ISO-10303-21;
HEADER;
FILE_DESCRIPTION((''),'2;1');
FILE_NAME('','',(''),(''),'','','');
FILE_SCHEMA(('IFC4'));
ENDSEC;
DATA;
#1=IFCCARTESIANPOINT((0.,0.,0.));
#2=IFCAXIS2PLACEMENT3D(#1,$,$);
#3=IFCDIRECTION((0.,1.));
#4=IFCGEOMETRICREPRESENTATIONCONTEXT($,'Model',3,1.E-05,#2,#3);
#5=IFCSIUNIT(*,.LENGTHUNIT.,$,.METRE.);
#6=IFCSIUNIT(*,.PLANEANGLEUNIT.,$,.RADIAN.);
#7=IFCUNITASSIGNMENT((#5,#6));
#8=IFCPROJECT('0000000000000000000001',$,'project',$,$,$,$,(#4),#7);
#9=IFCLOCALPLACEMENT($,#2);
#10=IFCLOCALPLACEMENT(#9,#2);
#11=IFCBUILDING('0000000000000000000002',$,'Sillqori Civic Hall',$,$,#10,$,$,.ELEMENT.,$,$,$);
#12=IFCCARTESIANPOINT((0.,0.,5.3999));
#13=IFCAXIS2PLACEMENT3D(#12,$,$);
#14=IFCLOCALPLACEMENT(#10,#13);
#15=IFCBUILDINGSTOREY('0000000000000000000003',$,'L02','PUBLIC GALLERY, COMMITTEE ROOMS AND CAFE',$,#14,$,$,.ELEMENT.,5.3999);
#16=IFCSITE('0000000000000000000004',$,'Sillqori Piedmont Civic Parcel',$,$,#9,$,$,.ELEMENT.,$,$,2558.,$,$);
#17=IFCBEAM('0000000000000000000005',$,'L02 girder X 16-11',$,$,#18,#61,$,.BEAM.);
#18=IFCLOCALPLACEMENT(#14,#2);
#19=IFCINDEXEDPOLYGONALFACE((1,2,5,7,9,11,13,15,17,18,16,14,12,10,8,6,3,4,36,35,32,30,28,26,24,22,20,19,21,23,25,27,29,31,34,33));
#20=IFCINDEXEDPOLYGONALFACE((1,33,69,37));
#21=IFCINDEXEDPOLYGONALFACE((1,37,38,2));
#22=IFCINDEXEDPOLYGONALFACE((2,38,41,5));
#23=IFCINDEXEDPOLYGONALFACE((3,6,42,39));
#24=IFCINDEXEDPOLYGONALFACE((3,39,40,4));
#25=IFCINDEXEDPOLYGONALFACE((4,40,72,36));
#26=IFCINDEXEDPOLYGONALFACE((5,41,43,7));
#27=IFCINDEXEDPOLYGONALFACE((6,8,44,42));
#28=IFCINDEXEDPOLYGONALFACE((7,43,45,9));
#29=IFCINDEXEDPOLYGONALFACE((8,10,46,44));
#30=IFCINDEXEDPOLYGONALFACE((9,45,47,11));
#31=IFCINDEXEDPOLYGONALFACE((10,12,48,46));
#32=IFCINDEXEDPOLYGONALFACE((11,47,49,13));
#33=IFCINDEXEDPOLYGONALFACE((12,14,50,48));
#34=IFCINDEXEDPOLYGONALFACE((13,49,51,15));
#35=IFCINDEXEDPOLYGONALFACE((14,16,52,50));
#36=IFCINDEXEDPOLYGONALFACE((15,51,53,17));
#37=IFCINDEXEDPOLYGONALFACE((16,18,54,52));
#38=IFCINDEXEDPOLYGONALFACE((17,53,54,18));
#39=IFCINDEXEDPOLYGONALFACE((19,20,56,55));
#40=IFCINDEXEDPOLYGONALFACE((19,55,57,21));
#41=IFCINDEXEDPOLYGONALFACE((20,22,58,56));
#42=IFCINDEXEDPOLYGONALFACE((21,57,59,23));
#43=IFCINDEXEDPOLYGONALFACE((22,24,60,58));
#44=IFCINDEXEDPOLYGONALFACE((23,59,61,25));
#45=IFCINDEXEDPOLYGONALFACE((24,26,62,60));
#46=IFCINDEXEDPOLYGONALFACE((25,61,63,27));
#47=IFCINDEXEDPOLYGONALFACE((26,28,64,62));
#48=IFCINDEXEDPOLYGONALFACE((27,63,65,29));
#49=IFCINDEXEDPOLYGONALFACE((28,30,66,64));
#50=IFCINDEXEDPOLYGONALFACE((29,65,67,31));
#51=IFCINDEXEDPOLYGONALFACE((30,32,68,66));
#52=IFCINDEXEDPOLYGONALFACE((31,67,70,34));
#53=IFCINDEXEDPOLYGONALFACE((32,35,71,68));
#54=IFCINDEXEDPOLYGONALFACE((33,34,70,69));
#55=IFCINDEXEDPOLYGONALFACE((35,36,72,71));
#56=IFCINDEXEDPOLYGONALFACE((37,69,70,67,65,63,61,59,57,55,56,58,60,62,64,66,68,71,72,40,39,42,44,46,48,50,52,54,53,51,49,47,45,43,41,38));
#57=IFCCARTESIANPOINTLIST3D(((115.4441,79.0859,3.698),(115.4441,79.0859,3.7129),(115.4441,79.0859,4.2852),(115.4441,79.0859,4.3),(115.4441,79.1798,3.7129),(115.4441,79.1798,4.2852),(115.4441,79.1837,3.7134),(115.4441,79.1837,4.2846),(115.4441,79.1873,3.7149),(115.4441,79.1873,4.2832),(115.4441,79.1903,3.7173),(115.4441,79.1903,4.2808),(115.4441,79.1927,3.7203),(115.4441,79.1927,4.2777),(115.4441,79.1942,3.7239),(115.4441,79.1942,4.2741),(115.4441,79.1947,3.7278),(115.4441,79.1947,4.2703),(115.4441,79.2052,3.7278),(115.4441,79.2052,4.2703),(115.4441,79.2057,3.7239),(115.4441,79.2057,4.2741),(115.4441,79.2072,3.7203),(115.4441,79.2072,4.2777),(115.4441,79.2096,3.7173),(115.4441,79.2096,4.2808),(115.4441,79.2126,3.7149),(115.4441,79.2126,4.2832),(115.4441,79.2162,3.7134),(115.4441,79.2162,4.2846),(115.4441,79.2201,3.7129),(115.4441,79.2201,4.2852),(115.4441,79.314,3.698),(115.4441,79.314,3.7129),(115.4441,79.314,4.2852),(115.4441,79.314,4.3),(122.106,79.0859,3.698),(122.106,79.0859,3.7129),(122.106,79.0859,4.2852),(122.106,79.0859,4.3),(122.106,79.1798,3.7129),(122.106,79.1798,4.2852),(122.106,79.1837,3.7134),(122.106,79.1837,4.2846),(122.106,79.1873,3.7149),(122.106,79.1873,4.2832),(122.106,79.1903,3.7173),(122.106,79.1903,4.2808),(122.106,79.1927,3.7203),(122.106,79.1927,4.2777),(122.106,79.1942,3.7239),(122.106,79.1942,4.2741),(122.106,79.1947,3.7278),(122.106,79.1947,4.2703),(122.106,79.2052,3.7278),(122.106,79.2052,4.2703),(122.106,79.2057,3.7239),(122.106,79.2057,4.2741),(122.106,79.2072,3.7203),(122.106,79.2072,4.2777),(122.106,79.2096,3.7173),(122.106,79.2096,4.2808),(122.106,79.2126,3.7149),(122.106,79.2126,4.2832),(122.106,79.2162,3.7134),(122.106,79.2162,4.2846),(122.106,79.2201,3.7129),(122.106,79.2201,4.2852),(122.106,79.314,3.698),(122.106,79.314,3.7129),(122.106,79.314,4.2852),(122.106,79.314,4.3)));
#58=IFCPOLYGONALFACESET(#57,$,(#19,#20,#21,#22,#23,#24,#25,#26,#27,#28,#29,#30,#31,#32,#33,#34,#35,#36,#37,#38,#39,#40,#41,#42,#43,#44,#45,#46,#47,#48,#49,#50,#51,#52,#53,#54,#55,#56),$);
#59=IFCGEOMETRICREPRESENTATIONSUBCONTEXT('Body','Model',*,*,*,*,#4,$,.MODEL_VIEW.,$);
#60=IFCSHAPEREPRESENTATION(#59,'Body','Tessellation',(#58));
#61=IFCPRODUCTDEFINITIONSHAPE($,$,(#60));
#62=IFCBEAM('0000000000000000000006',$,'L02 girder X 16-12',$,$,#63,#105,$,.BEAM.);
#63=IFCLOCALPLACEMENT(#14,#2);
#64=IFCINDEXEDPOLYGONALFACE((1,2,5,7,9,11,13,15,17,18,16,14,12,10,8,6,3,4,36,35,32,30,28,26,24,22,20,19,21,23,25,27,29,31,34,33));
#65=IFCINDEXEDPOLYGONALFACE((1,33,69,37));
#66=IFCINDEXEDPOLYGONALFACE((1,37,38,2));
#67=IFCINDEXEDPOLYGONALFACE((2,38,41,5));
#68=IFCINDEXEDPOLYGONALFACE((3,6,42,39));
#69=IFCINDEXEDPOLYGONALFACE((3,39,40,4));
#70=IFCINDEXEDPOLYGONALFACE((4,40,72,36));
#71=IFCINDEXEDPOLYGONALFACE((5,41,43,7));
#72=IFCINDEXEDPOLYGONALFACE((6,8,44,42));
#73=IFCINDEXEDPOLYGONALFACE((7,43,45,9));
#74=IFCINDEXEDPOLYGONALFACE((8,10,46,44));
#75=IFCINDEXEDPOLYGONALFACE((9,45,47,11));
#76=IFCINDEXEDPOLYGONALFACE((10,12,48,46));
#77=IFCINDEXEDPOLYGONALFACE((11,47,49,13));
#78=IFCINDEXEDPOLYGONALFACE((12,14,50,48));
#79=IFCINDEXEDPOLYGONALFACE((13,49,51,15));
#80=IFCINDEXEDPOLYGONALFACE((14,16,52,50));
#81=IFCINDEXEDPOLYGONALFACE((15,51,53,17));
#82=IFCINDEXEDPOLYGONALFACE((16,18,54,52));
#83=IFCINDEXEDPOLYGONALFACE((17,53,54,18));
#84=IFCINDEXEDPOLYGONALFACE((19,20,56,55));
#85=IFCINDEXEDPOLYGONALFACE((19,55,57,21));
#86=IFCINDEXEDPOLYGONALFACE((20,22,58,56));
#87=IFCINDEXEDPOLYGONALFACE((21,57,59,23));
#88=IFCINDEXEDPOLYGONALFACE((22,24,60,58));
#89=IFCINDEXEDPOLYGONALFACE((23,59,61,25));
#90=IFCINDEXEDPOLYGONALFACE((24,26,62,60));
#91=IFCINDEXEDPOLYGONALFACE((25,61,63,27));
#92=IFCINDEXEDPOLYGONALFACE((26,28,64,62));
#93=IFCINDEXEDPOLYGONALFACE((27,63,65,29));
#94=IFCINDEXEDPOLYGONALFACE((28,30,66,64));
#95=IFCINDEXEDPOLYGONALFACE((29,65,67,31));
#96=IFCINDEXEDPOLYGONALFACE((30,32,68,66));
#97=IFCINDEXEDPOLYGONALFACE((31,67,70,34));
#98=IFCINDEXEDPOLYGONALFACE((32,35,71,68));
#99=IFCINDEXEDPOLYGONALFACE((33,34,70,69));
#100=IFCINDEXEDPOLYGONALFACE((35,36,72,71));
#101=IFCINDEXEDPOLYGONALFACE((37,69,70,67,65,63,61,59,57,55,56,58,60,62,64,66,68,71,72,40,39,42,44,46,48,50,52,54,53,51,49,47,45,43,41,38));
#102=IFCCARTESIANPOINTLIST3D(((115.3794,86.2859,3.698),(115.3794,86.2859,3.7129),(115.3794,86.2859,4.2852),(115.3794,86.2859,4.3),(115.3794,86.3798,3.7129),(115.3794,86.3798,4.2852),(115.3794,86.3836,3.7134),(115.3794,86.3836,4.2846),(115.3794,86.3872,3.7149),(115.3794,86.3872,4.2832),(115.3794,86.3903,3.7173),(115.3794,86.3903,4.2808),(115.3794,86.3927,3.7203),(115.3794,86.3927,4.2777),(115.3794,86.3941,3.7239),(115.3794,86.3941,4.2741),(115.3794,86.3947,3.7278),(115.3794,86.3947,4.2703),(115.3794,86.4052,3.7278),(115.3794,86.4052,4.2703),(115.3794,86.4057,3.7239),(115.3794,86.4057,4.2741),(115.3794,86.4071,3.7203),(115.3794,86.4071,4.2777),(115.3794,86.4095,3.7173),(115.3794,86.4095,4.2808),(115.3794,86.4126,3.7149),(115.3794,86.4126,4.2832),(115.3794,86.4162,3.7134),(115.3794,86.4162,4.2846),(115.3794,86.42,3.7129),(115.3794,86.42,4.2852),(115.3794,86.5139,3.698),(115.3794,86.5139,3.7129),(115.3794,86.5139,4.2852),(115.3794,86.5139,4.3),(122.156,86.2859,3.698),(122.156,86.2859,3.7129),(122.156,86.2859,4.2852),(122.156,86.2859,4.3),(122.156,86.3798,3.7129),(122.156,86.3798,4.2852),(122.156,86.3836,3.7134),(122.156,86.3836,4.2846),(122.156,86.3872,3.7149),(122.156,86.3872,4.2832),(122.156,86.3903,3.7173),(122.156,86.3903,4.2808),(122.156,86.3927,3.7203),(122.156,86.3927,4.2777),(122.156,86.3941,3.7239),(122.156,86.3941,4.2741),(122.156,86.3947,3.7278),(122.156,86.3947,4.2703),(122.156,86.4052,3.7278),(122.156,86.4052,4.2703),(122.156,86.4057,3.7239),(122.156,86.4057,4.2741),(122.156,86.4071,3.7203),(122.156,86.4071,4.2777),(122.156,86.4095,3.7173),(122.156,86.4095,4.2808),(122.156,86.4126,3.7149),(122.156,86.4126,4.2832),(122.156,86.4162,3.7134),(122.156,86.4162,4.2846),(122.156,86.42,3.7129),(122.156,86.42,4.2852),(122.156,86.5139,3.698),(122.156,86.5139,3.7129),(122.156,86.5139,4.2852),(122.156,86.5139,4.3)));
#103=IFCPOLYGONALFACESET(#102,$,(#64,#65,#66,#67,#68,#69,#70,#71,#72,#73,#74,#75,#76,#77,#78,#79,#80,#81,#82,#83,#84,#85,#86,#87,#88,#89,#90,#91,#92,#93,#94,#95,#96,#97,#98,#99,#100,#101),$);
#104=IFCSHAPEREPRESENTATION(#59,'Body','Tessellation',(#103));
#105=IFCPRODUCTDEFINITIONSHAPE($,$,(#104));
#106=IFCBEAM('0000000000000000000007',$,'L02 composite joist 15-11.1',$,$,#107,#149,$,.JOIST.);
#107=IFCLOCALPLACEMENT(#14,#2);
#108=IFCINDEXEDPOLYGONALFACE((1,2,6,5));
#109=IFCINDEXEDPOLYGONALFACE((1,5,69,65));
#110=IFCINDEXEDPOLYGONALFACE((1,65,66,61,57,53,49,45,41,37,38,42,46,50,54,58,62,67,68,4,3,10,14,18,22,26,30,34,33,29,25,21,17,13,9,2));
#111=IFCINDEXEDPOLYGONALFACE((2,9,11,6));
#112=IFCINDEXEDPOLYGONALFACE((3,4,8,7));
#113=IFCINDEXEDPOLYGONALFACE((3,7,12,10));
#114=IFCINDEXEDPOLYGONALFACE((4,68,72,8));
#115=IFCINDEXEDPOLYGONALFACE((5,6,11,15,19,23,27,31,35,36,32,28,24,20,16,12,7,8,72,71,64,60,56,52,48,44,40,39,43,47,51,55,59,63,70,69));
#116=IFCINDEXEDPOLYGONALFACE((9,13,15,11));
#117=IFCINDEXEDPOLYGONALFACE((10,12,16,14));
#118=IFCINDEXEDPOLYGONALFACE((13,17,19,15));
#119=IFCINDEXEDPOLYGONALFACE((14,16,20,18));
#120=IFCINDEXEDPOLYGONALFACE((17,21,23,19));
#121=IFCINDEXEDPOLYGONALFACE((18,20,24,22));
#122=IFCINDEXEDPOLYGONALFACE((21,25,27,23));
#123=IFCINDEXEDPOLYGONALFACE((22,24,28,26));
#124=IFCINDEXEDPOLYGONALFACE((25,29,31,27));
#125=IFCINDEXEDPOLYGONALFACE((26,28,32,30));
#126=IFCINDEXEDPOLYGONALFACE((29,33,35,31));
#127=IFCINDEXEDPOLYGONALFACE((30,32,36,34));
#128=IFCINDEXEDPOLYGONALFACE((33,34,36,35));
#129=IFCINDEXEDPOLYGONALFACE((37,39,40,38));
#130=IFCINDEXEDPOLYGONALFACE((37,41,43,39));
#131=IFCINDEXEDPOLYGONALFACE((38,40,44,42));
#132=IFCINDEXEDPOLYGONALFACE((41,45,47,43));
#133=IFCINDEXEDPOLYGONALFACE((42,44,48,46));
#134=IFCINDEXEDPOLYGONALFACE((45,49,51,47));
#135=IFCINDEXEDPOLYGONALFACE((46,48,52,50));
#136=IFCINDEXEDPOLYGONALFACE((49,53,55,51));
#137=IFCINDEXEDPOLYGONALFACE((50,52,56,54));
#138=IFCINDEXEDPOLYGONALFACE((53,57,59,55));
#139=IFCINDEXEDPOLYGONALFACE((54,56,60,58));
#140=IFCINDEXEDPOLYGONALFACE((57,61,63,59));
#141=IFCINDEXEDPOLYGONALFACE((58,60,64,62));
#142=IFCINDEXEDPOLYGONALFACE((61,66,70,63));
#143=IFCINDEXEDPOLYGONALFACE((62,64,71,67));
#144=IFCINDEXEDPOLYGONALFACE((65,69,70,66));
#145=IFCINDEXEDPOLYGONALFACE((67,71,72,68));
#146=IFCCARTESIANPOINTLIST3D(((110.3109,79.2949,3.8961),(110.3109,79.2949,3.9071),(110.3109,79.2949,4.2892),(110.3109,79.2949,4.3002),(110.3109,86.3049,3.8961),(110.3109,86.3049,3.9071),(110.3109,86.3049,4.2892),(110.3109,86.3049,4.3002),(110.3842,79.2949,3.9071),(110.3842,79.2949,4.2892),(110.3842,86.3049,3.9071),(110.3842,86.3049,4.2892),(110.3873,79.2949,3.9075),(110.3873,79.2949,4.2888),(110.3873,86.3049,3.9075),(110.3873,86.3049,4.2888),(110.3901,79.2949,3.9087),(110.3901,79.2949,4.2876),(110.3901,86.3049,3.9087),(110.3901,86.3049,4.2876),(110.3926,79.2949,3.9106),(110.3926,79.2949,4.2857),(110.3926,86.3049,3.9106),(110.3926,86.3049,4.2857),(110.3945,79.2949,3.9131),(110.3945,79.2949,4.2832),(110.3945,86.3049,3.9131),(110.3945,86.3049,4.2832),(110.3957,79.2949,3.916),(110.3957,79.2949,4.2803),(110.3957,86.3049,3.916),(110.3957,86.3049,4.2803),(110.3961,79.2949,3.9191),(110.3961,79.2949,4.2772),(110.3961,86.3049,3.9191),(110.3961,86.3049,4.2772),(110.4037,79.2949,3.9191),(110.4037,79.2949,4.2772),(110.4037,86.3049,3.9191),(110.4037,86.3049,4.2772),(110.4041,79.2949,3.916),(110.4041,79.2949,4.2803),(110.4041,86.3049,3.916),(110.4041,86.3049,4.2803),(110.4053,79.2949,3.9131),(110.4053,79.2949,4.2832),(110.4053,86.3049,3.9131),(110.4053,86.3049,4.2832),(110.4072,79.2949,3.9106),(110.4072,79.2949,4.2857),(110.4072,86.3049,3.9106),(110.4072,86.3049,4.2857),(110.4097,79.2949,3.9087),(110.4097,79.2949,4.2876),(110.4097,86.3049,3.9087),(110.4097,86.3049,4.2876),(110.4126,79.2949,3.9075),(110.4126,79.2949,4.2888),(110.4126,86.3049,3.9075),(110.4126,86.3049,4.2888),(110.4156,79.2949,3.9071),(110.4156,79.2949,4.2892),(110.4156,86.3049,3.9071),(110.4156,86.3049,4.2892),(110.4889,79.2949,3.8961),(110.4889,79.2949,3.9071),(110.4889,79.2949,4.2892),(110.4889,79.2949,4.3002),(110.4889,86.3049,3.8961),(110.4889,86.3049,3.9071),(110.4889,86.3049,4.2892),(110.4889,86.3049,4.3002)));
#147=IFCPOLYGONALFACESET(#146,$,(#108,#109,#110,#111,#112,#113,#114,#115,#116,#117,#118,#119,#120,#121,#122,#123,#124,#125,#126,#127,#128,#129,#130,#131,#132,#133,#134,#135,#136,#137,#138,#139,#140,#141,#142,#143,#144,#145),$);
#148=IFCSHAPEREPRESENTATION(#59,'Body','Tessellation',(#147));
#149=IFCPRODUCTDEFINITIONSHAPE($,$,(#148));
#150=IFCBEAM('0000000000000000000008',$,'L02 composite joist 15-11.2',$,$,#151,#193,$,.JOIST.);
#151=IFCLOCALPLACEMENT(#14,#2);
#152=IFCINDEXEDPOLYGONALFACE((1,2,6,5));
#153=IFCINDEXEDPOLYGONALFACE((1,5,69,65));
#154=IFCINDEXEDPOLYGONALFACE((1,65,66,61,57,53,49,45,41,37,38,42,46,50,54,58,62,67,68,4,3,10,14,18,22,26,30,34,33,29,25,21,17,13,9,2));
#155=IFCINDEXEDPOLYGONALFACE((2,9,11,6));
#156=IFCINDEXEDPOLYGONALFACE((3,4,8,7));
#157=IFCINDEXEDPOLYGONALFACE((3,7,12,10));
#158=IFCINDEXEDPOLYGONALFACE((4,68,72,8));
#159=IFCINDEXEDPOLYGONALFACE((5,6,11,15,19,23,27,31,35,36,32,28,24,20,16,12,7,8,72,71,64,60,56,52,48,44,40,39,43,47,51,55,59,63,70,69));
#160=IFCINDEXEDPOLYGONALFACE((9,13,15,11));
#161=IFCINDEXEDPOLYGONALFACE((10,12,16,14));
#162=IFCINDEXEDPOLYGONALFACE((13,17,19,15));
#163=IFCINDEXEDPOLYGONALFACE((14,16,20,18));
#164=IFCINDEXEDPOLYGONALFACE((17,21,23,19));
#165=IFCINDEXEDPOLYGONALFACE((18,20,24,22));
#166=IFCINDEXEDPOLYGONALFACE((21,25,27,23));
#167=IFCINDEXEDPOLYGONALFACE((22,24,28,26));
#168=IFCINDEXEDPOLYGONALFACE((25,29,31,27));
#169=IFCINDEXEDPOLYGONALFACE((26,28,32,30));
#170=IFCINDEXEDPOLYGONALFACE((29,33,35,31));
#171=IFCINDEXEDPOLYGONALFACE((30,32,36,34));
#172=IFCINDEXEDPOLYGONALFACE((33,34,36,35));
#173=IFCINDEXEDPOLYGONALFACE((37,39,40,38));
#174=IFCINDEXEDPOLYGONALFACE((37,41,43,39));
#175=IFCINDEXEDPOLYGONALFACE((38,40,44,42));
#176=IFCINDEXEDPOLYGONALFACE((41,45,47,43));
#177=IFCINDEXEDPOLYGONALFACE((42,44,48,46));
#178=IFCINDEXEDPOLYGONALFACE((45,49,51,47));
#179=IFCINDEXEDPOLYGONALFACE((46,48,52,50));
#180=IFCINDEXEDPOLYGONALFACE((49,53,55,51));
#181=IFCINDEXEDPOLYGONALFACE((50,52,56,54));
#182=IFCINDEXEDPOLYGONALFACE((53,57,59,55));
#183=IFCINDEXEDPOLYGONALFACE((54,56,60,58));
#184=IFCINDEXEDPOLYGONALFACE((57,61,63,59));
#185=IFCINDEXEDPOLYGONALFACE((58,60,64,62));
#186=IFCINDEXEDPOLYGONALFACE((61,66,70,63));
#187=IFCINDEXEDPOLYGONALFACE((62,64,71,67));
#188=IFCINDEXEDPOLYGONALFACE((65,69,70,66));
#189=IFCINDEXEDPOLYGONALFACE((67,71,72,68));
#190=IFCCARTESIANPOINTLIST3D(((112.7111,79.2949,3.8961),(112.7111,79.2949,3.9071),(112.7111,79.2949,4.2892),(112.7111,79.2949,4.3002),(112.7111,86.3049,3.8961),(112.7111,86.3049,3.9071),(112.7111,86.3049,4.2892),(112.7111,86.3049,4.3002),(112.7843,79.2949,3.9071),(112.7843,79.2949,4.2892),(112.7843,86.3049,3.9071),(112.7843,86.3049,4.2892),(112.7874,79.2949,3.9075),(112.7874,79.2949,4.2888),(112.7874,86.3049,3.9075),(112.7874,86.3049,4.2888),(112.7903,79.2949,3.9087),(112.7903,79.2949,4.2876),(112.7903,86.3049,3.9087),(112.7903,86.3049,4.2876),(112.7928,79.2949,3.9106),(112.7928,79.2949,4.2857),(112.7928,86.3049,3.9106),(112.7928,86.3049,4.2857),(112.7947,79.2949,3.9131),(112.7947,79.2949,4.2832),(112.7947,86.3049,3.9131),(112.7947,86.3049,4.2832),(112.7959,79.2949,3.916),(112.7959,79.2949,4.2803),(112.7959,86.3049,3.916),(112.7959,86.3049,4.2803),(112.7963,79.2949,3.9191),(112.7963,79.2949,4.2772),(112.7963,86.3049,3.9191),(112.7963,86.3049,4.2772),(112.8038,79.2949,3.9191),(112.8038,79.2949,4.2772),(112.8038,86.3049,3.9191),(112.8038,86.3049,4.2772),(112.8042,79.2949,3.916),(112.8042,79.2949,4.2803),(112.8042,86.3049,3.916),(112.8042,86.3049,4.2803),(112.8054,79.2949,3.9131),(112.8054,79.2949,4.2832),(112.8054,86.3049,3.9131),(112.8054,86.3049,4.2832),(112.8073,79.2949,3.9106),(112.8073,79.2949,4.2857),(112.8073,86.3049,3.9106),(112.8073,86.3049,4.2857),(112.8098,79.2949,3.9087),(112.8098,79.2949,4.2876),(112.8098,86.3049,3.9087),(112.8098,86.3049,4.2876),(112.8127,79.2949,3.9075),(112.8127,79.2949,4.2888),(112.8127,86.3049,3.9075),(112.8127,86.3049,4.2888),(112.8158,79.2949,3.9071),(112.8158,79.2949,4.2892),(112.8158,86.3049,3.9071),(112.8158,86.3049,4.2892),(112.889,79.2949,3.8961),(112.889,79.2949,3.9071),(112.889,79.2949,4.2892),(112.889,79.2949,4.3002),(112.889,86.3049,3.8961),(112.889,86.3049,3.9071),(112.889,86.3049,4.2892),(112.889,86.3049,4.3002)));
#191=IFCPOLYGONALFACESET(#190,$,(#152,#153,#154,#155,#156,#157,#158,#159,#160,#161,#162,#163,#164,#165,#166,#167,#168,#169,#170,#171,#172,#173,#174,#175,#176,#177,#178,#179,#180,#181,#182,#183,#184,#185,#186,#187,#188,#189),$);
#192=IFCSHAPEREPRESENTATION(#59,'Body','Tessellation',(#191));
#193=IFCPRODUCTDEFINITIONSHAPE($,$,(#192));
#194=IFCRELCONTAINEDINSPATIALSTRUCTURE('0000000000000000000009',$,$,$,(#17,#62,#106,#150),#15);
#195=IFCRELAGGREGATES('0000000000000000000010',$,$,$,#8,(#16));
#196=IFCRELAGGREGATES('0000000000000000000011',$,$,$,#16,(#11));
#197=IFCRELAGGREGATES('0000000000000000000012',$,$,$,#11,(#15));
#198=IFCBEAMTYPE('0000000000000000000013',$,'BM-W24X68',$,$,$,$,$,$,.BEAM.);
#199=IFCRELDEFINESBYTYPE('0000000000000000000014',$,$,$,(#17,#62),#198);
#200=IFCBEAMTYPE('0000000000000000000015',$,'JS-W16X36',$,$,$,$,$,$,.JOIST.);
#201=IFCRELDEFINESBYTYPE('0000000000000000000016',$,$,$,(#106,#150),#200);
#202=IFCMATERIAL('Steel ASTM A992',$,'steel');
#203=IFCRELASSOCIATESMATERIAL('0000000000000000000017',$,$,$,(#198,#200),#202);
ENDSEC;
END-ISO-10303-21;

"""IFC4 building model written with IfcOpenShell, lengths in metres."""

from ifc_helpers import new_model, si_unit, direction, frame, origin, origin_2d, place, context, subcontext, project, spatial, i_section, extrude, material, material_profile, profile_set, type_object, element, save


model = new_model("IFC4")

# Units and contexts
model_context = context("Model", 3, precision=1e-05, world=origin(), true_north=direction((0.0, 1.0)))
body_context = subcontext(model_context, "Body", "Model", "MODEL_VIEW")
ifc_project = project(units=[si_unit("LENGTHUNIT", "METRE"), si_unit("PLANEANGLEUNIT", "RADIAN")], contexts=[model_context])

# Site, building, storey
site_placement = place(None, origin())
site = spatial("IfcSite", under=ifc_project, at=site_placement, Name="Sillqori Piedmont Civic Parcel", CompositionType="ELEMENT", RefElevation=2558.0)
building_placement = place(site_placement, origin())
building = spatial("IfcBuilding", under=site, at=building_placement, Name="Sillqori Civic Hall", CompositionType="ELEMENT")
storey_placement = place(building_placement, frame((0.0, 0.0, 5.3999)))
storey = spatial("IfcBuildingStorey", under=building, at=storey_placement, Name="L02", Description="PUBLIC GALLERY, COMMITTEE ROOMS AND CAFE", CompositionType="ELEMENT", Elevation=5.3999)

# Shared definitions
ifc_material_1 = material(Name="Steel ASTM A992", Category="steel")

# Beams
ifc_material_profile_1 = material_profile(ifc_material_1, i_section(OverallWidth=0.228, OverallDepth=0.6021, WebThickness=0.0105, FlangeThickness=0.0149, FilletRadius=0.0149, at=origin_2d()), Name="W24X68")
ifc_profile_set_1 = profile_set([ifc_material_profile_1], Name="Steel ASTM A992")
beam_type_1 = type_object("IfcBeamType", Name="BM-W24X68", PredefinedType="BEAM", material=ifc_profile_set_1)
beam_1_placement = place(storey_placement, frame((115.4441, 79.2, 3.999), z_axis=(1.0, 0.0, 0.0), x_axis=(0.0, 1.0, 0.0)))
element("IfcBeam", 1, at=beam_1_placement, inside=storey, type_object=beam_type_1, Name="L02 girder X 16-11", PredefinedType="BEAM", context=body_context, shape_type="SweptSolid", body=[
    extrude(i_section(OverallWidth=0.228, OverallDepth=0.6021, WebThickness=0.0105, FlangeThickness=0.0149, FilletRadius=0.0149, at=origin_2d()), origin(), (0.0, 0.0, 1.0), 6.6619),
])
beam_2_placement = place(storey_placement, frame((115.3794, 86.3999, 3.999), z_axis=(1.0, 0.0, 0.0), x_axis=(0.0, 1.0, 0.0)))
element("IfcBeam", 2, at=beam_2_placement, inside=storey, type_object=beam_type_1, Name="L02 girder X 16-12", PredefinedType="BEAM", context=body_context, shape_type="SweptSolid", body=[
    extrude(i_section(OverallWidth=0.228, OverallDepth=0.6021, WebThickness=0.0105, FlangeThickness=0.0149, FilletRadius=0.0149, at=origin_2d()), origin(), (0.0, 0.0, 1.0), 6.7766),
])

# Beams
ifc_material_profile_2 = material_profile(ifc_material_1, i_section(OverallWidth=0.178, OverallDepth=0.4041, WebThickness=0.0076, FlangeThickness=0.011, FilletRadius=0.012, at=origin_2d()), Name="W16X36")
ifc_profile_set_2 = profile_set([ifc_material_profile_2], Name="Steel ASTM A992")
beam_type_2 = type_object("IfcBeamType", Name="JS-W16X36", PredefinedType="JOIST", material=ifc_profile_set_2)
for number, where, z_axis, x_axis, name in (
    (3, (110.3999, 79.2949, 4.0981), (0.0, 1.0, 0.0), (-1.0, 0.0, 0.0), "L02 composite joist 15-11.1"),
    (4, (112.8, 79.2949, 4.0981), (0.0, 1.0, 0.0), (-1.0, 0.0, 0.0), "L02 composite joist 15-11.2"),
):
    element("IfcBeam", number, at=place(storey_placement, frame(where, z_axis=z_axis, x_axis=x_axis)), inside=storey, type_object=beam_type_2, Name=name, PredefinedType="JOIST", context=body_context, shape_type="SweptSolid", body=[
        extrude(i_section(OverallWidth=0.178, OverallDepth=0.4041, WebThickness=0.0076, FlangeThickness=0.011, FilletRadius=0.012, at=origin_2d()), origin(), (0.0, 0.0, 1.0), 7.01),
    ])

save(model, "model.ifc")
